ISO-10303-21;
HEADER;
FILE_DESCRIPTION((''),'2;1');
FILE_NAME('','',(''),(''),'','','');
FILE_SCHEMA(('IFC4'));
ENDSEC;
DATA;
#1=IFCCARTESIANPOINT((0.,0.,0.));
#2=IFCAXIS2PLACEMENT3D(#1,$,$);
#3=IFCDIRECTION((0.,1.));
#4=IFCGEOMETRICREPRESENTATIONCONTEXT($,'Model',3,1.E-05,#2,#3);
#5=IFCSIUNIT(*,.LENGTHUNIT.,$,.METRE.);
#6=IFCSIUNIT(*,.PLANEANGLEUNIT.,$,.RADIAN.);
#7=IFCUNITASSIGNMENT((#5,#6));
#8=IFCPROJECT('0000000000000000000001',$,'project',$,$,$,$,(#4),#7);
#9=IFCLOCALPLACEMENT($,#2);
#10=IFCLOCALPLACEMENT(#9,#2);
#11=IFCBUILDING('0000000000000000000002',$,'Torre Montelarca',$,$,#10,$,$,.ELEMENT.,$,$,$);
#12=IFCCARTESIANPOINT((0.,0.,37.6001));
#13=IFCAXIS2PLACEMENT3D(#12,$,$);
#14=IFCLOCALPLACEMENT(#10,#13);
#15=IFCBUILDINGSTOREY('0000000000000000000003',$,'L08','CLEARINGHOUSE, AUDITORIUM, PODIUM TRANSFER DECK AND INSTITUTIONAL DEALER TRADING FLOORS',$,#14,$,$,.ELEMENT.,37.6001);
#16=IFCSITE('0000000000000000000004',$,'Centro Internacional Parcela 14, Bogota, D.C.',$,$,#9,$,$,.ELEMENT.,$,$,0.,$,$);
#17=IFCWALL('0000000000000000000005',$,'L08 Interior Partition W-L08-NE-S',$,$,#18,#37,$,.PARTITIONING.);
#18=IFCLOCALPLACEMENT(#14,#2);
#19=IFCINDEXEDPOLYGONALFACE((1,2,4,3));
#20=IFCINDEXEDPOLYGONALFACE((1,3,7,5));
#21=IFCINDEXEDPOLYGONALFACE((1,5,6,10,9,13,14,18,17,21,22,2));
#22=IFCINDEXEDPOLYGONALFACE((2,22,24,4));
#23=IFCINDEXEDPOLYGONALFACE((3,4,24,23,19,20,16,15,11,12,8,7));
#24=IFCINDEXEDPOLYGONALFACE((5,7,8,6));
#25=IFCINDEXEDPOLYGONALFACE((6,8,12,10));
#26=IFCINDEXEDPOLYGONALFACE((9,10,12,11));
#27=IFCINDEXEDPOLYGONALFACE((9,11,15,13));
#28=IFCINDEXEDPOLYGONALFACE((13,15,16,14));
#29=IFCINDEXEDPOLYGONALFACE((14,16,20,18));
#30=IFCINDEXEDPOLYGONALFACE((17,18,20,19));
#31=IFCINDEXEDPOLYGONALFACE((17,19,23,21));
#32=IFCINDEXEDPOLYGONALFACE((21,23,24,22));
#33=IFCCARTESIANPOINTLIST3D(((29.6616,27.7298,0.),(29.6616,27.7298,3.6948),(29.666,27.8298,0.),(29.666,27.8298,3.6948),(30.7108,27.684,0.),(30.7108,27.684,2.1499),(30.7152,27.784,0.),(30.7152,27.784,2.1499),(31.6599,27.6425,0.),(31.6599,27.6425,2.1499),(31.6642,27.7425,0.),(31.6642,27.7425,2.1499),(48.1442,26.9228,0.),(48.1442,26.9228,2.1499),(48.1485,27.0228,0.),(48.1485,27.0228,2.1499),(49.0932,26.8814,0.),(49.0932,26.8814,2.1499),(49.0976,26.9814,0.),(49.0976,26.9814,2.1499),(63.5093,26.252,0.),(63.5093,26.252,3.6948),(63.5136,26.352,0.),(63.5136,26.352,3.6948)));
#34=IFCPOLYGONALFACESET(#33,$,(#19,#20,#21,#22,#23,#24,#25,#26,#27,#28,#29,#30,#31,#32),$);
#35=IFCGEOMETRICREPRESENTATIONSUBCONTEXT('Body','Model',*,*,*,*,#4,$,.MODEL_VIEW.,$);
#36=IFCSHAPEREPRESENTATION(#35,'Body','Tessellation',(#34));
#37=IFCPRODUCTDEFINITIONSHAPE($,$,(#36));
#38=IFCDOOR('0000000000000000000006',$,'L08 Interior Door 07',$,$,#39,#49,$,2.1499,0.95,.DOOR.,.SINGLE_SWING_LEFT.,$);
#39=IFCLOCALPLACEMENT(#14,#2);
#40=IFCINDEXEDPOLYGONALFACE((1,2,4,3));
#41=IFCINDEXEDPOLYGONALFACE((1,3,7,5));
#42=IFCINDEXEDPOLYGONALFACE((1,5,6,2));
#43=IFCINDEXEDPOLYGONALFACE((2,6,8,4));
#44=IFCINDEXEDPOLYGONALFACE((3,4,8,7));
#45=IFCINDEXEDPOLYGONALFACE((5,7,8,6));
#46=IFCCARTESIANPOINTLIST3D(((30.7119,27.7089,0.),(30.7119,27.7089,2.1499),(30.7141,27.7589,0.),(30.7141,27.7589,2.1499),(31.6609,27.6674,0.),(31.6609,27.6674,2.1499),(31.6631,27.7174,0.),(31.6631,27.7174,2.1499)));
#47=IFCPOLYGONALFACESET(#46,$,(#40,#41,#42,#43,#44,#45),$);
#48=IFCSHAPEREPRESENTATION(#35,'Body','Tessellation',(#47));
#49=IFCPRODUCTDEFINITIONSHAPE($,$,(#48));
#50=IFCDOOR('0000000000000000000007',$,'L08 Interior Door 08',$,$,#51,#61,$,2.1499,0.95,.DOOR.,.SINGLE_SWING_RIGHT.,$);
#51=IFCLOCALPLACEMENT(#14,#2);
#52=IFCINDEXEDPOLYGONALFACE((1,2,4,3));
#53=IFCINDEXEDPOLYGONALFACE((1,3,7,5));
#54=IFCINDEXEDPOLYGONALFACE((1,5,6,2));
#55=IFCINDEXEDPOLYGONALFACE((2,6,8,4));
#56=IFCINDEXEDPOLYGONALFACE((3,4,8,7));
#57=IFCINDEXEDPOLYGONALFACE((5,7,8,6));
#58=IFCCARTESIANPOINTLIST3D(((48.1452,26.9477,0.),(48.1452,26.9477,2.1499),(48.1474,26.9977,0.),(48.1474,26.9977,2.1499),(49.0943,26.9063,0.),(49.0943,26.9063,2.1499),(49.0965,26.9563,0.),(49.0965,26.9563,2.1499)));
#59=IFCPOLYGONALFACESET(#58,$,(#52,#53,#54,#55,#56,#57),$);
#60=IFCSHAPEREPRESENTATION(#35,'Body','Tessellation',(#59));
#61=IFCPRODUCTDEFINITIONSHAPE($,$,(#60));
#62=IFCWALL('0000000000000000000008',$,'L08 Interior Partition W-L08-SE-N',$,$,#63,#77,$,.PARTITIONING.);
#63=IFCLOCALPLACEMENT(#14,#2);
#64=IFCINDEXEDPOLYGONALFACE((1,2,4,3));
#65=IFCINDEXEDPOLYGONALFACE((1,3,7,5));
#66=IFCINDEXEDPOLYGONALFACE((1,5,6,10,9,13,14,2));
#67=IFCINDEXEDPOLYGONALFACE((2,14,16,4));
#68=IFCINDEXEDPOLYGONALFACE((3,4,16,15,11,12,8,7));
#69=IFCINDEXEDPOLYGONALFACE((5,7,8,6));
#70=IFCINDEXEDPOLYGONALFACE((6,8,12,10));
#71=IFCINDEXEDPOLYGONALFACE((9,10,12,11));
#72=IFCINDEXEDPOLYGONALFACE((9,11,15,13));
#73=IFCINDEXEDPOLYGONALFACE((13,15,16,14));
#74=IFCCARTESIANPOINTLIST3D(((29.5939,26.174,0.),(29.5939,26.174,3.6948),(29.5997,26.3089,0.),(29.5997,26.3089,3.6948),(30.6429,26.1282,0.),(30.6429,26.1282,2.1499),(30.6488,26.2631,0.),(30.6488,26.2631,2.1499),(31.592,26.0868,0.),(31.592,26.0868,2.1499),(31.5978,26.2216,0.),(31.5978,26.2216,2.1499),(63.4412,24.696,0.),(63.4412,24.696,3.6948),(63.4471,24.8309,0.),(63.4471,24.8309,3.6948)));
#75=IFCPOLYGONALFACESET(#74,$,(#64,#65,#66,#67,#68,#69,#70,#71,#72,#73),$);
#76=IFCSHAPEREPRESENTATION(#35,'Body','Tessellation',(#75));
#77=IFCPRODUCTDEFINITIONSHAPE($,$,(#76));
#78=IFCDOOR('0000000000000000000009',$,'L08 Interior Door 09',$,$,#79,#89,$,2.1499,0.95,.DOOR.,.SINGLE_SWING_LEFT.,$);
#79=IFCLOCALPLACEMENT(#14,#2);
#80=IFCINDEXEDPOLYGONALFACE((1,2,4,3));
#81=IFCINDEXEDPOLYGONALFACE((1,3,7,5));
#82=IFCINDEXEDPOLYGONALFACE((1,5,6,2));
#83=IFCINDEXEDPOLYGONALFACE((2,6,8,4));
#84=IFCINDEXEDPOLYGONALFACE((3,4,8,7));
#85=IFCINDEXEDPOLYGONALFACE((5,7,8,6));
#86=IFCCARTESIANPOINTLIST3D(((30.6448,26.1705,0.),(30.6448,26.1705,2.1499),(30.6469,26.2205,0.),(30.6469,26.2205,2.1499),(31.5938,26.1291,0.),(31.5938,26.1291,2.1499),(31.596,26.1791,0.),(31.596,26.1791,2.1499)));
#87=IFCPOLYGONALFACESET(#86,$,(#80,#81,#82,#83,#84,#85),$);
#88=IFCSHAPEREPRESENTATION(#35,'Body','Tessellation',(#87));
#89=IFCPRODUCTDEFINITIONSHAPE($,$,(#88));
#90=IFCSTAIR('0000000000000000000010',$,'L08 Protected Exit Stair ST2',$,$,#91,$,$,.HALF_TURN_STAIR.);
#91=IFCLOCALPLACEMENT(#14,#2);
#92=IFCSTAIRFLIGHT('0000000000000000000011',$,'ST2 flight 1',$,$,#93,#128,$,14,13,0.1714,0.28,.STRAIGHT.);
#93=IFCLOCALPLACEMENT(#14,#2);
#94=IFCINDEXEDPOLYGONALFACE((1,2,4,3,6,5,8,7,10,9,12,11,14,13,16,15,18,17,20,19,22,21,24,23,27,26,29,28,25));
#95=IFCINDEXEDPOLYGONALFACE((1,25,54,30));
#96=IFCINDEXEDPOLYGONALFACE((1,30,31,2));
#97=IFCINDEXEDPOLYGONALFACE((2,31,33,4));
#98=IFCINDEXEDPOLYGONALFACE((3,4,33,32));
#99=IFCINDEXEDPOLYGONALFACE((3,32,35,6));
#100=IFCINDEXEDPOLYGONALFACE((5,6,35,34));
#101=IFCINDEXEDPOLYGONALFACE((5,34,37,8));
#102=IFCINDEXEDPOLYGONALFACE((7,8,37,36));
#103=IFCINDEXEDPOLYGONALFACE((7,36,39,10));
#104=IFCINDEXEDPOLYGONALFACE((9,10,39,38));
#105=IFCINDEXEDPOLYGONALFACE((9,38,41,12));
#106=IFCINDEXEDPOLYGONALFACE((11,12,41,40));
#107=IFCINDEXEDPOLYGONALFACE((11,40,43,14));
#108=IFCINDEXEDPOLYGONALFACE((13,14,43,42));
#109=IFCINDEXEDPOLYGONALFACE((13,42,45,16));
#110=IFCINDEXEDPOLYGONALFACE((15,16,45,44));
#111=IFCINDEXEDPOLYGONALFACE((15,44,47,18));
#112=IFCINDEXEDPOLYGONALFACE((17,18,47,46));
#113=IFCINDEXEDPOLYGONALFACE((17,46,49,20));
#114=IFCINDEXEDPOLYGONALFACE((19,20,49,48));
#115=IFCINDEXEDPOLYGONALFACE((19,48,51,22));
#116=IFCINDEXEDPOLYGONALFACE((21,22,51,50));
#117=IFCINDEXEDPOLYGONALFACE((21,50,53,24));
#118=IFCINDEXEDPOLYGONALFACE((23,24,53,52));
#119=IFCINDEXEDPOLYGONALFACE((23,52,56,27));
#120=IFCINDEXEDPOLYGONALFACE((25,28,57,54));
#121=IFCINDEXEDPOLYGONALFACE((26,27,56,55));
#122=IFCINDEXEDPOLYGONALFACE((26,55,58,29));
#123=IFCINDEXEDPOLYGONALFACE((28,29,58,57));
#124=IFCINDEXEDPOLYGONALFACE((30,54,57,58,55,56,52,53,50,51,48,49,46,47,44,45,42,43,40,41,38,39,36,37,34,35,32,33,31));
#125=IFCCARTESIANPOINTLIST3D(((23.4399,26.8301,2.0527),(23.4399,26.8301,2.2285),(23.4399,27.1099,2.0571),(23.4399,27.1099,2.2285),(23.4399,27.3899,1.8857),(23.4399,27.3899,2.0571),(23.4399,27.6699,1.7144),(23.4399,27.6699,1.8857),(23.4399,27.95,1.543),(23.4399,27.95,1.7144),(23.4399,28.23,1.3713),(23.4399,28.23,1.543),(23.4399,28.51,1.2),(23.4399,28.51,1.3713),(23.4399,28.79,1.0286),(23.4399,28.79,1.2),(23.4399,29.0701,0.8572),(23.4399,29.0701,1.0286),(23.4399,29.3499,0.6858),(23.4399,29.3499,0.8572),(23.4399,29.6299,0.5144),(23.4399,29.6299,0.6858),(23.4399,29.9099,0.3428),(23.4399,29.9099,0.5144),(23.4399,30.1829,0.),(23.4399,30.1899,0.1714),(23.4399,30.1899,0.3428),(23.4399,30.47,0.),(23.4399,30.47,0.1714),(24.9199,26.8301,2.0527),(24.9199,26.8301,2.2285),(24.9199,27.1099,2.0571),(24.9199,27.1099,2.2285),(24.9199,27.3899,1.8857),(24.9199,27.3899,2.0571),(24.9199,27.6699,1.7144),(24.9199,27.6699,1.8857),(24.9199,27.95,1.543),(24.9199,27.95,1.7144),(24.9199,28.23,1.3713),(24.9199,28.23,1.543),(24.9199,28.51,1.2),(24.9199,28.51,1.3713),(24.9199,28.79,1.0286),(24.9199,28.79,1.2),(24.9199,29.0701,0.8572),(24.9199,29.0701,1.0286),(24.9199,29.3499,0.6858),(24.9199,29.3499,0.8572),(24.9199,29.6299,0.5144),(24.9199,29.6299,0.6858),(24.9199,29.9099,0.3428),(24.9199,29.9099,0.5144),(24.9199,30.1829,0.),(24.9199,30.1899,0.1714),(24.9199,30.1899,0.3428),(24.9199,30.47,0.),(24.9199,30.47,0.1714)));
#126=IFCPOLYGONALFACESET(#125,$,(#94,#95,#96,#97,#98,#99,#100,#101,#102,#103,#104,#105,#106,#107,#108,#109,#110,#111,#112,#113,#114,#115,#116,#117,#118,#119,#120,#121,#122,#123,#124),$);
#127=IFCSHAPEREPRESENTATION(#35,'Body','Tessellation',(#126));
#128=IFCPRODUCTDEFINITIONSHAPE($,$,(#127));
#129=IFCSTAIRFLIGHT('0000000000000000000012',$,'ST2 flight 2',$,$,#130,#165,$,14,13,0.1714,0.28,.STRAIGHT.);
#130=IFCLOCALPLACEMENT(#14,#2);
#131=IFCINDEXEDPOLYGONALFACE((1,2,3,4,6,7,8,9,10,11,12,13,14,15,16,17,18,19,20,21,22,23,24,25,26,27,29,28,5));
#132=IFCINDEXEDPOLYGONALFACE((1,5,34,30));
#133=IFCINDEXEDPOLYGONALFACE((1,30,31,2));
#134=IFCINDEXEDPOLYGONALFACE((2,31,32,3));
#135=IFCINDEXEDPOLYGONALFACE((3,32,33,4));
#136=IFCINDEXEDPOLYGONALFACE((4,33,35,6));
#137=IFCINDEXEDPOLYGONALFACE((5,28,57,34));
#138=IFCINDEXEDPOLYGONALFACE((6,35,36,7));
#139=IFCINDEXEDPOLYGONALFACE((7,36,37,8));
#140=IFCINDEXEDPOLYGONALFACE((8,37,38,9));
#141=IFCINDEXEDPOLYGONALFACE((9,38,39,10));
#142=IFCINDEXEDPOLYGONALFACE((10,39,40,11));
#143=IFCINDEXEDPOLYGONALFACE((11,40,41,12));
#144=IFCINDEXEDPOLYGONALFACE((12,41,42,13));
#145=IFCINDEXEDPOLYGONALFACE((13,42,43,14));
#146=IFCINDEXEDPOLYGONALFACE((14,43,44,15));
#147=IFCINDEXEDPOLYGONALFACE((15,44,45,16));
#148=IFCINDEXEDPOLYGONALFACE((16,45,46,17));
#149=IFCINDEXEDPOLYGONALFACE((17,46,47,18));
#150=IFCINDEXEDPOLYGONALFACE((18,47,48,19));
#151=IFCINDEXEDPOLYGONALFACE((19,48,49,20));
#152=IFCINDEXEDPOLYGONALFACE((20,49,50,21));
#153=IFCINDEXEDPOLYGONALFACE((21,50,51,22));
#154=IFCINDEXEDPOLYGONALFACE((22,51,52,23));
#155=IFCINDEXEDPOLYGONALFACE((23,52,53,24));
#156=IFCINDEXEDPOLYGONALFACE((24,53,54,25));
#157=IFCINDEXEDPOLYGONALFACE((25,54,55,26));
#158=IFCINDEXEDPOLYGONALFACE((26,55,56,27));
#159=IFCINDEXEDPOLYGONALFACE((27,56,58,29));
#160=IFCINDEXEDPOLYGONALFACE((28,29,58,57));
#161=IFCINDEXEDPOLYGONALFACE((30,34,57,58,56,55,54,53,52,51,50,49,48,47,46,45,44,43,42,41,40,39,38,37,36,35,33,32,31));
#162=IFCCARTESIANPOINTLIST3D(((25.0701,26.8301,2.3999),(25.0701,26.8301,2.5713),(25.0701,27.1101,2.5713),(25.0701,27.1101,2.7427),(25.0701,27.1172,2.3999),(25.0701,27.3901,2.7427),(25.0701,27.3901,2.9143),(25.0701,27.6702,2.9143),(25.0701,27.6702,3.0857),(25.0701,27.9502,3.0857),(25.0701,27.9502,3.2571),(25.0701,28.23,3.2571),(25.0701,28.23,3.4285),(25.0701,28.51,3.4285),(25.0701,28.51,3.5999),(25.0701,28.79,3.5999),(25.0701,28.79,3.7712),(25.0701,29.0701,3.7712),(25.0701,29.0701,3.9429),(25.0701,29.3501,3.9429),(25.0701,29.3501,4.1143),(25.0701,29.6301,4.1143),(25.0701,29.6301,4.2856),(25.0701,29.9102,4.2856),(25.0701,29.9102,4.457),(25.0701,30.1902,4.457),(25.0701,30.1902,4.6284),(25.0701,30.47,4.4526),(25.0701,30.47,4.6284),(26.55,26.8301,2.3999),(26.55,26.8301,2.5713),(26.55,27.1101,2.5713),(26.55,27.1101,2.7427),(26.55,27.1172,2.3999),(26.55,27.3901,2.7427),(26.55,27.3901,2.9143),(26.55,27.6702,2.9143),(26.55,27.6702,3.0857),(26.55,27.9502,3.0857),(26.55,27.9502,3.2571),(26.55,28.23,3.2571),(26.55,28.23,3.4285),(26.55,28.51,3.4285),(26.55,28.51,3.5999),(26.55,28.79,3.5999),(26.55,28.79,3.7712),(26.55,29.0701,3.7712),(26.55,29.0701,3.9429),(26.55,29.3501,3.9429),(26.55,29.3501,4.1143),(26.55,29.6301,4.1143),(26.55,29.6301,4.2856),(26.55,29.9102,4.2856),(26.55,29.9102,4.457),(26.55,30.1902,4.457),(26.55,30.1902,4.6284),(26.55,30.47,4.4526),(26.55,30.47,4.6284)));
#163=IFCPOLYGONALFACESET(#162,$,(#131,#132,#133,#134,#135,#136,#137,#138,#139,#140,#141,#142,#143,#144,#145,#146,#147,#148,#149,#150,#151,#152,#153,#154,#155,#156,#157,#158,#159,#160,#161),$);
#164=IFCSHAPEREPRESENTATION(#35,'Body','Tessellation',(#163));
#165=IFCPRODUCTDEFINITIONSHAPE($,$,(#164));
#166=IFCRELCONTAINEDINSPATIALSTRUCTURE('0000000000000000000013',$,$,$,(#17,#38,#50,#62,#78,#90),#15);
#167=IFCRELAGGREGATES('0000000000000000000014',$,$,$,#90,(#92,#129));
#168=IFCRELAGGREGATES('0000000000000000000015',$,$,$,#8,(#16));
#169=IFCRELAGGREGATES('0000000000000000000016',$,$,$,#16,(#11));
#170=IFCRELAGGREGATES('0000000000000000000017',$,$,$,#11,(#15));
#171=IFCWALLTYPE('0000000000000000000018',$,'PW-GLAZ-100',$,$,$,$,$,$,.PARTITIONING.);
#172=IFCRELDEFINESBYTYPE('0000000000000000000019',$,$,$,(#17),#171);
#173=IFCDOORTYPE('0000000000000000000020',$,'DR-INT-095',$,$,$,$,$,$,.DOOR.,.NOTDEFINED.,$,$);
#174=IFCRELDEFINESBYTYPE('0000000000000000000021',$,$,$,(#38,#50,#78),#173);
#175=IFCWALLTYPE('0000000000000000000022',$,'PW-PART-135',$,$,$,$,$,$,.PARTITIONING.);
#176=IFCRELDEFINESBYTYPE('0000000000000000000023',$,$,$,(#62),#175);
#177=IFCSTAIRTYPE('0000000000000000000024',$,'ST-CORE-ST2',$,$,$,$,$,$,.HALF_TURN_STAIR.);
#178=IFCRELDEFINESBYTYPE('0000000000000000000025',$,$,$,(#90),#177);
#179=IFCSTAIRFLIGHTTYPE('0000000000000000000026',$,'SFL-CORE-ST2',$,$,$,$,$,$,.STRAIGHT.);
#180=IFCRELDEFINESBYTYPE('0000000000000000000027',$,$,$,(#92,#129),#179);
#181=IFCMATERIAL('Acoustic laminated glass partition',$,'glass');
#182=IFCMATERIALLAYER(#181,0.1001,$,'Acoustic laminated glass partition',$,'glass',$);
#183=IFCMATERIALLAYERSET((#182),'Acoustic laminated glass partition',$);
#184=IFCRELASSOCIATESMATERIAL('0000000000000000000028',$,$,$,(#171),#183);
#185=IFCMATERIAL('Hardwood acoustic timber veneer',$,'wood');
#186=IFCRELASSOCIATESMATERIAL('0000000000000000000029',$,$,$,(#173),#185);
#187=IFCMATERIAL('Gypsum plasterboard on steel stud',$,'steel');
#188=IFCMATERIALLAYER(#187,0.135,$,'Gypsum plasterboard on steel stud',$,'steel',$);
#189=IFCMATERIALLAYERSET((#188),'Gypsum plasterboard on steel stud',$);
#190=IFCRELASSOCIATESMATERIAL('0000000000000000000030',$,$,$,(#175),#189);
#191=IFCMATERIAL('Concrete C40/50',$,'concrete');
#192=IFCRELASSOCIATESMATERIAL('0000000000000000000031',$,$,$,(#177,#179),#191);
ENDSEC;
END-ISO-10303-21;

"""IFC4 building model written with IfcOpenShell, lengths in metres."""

from ifc_helpers import new_model, si_unit, direction, frame, frame_2d, origin, place, context, subcontext, project, spatial, polyline, rectangle, outline, extrude, source, transform, mapped, material, layer, layer_set, type_object, element, fill, aggregate, save


model = new_model("IFC4")

# Units and contexts
model_context = context("Model", 3, precision=1e-05, world=origin(), true_north=direction((0.0, 1.0)))
body_context = subcontext(model_context, "Body", "Model", "MODEL_VIEW")
ifc_project = project(units=[si_unit("LENGTHUNIT", "METRE"), si_unit("PLANEANGLEUNIT", "RADIAN")], contexts=[model_context])

# Site, building, storey
site_placement = place(None, origin())
site = spatial("IfcSite", under=ifc_project, at=site_placement, Name="Centro Internacional Parcela 14, Bogota, D.C.", CompositionType="ELEMENT", RefElevation=0.0)
building_placement = place(site_placement, origin())
building = spatial("IfcBuilding", under=site, at=building_placement, Name="Torre Montelarca", CompositionType="ELEMENT")
storey_placement = place(building_placement, frame((0.0, 0.0, 37.6001)))
storey = spatial("IfcBuildingStorey", under=building, at=storey_placement, Name="L08", Description="CLEARINGHOUSE, AUDITORIUM, PODIUM TRANSFER DECK AND INSTITUTIONAL DEALER TRADING FLOORS", CompositionType="ELEMENT", Elevation=37.6001)

# Shared definitions
ifc_material_1 = material(Name="Concrete C40/50", Category="concrete")

# Shared definitions
ifc_material_2 = material(Name="Gypsum plasterboard on steel stud", Category="steel")

# Wall, openings, doors
ifc_material_3 = material(Name="Acoustic laminated glass partition", Category="glass")
ifc_layer_1 = layer(ifc_material_3, 0.1001, Name="Acoustic laminated glass partition", Category="glass")
ifc_layer_set_1 = layer_set([ifc_layer_1], Name="Acoustic laminated glass partition")
wall_type_1 = type_object("IfcWallType", Name="PW-GLAZ-100", PredefinedType="PARTITIONING", material=ifc_layer_set_1)
wall_1_placement = place(storey_placement, frame((29.6638, 27.7798, 0.0), z_axis=(0.0, 0.0, 1.0), x_axis=(0.999048, -0.043618, 0.0)))
wall_1 = element("IfcWall", 1, at=wall_1_placement, inside=storey, type_object=wall_type_1, Name="L08 Interior Partition W-L08-NE-S", PredefinedType="PARTITIONING", context=body_context, shape_type="SweptSolid", body=[
    extrude(rectangle(XDim=33.8799, YDim=0.1001, at=frame_2d((16.9399, 0.0))), origin(), (0.0, 0.0, 1.0), 3.6948),
])
opening_1_placement = place(wall_1_placement, frame((1.05, 0.0, 0.0)))
opening_1 = element("IfcOpeningElement", 2, at=opening_1_placement, cuts=wall_1, PredefinedType="OPENING", context=body_context, shape_type="SweptSolid", body=[
    extrude(rectangle(XDim=0.95, YDim=2.1499, at=frame_2d((0.4751, 1.075))), frame((0.0, 0.0601, 0.0), z_axis=(0.0, -1.0, 0.0), x_axis=(1.0, 0.0, 0.0)), (0.0, 0.0, 1.0), 0.1201),
])
opening_2_placement = place(wall_1_placement, frame((18.5, 0.0, 0.0)))
opening_2 = element("IfcOpeningElement", 3, at=opening_2_placement, cuts=wall_1, PredefinedType="OPENING", context=body_context, shape_type="SweptSolid", body=[
    extrude(rectangle(XDim=0.95, YDim=2.1499, at=frame_2d((0.4751, 1.075))), frame((0.0, 0.0601, 0.0), z_axis=(0.0, -1.0, 0.0), x_axis=(1.0, 0.0, 0.0)), (0.0, 0.0, 1.0), 0.1201),
])
ifc_material_4 = material(Name="Hardwood acoustic timber veneer", Category="wood")
door_type_1 = type_object("IfcDoorType", Name="DR-INT-095", OperationType="NOTDEFINED", PredefinedType="DOOR", material=ifc_material_4)
shared_shape_1 = source(origin(), body_context, "Body", "SweptSolid", [
    extrude(rectangle(XDim=0.95, YDim=2.1499, at=frame_2d((0.4751, 1.075))), frame((0.0, 0.0249, 0.0), z_axis=(0.0, -1.0, 0.0), x_axis=(1.0, 0.0, 0.0)), (0.0, 0.0, 1.0), 0.05),
])
door_1_placement = place(opening_1_placement, origin())
door_1 = element("IfcDoor", 4, at=door_1_placement, inside=storey, type_object=door_type_1, Name="L08 Interior Door 07", OperationType="SINGLE_SWING_LEFT", OverallHeight=2.1499, OverallWidth=0.95, PredefinedType="DOOR", context=body_context, shape_type="MappedRepresentation", body=[
    mapped(shared_shape_1, transform((0.0, 0.0, 0.0), scale=1.0)),
])
fill(opening_1, door_1)
door_2_placement = place(opening_2_placement, origin())
door_2 = element("IfcDoor", 5, at=door_2_placement, inside=storey, type_object=door_type_1, Name="L08 Interior Door 08", OperationType="SINGLE_SWING_RIGHT", OverallHeight=2.1499, OverallWidth=0.95, PredefinedType="DOOR", context=body_context, shape_type="MappedRepresentation", body=[
    mapped(shared_shape_1, transform((0.0, 0.0, 0.0), scale=1.0)),
])
fill(opening_2, door_2)

# Wall, opening, door
ifc_layer_2 = layer(ifc_material_2, 0.135, Name="Gypsum plasterboard on steel stud", Category="steel")
ifc_layer_set_2 = layer_set([ifc_layer_2], Name="Gypsum plasterboard on steel stud")
wall_type_2 = type_object("IfcWallType", Name="PW-PART-135", PredefinedType="PARTITIONING", material=ifc_layer_set_2)
wall_2_placement = place(storey_placement, frame((29.5967, 26.2415, 0.0), z_axis=(0.0, 0.0, 1.0), x_axis=(0.999048, -0.043626, 0.0)))
wall_2 = element("IfcWall", 6, at=wall_2_placement, inside=storey, type_object=wall_type_2, Name="L08 Interior Partition W-L08-SE-N", PredefinedType="PARTITIONING", context=body_context, shape_type="SweptSolid", body=[
    extrude(rectangle(XDim=33.8796, YDim=0.135, at=frame_2d((16.9399, 0.0))), origin(), (0.0, 0.0, 1.0), 3.6948),
])
opening_3_placement = place(wall_2_placement, frame((1.05, 0.0, 0.0)))
opening_3 = element("IfcOpeningElement", 7, at=opening_3_placement, cuts=wall_2, PredefinedType="OPENING", context=body_context, shape_type="SweptSolid", body=[
    extrude(rectangle(XDim=0.95, YDim=2.1499, at=frame_2d((0.4751, 1.075))), frame((0.0, 0.0776, 0.0), z_axis=(0.0, -1.0, 0.0), x_axis=(1.0, 0.0, 0.0)), (0.0, 0.0, 1.0), 0.155),
])
door_3_placement = place(opening_3_placement, origin())
door_3 = element("IfcDoor", 8, at=door_3_placement, inside=storey, type_object=door_type_1, Name="L08 Interior Door 09", OperationType="SINGLE_SWING_LEFT", OverallHeight=2.1499, OverallWidth=0.95, PredefinedType="DOOR", context=body_context, shape_type="MappedRepresentation", body=[
    mapped(shared_shape_1, transform((0.0, 0.0, 0.0), scale=1.0)),
])
fill(opening_3, door_3)

# Stair, stair flights
stair_type = type_object("IfcStairType", Name="ST-CORE-ST2", PredefinedType="HALF_TURN_STAIR", material=ifc_material_1)
stair_placement = place(storey_placement, origin())
stair = element("IfcStair", 9, at=stair_placement, inside=storey, type_object=stair_type, Name="L08 Protected Exit Stair ST2", PredefinedType="HALF_TURN_STAIR")
stair_flight_type = type_object("IfcStairFlightType", Name="SFL-CORE-ST2", PredefinedType="STRAIGHT", material=ifc_material_1)
stair_flight_1_placement = place(storey_placement, frame((24.1799, 30.47, 0.0), z_axis=(0.0, 0.0, 1.0), x_axis=(0.0, -1.0, 0.0)))
stair_flight_1 = element("IfcStairFlight", 10, at=stair_flight_1_placement, type_object=stair_flight_type, Name="ST2 flight 1", NumberOfRisers=14, NumberOfTreads=13, PredefinedType="STRAIGHT", RiserHeight=0.1714, TreadLength=0.28, context=body_context, shape_type="SweptSolid", body=[
    extrude(outline(polyline([(0.0, 0.0), (0.0, 0.1714), (0.28, 0.1714), (0.28, 0.3428), (0.5601, 0.3428), (0.5601, 0.5144), (0.8401, 0.5144), (0.8401, 0.6858), (1.1201, 0.6858), (1.1201, 0.8572), (1.3999, 0.8572), (1.3999, 1.0286), (1.6799, 1.0286), (1.6799, 1.2), (1.96, 1.2), (1.96, 1.3713), (2.24, 1.3713), (2.24, 1.543), (2.52, 1.543), (2.52, 1.7144), (2.8, 1.7144), (2.8, 1.8857), (3.0801, 1.8857), (3.0801, 2.0571), (3.3601, 2.0571), (3.3601, 2.2285), (3.6399, 2.2285), (3.6399, 2.3999), (3.6399, 2.0527), (0.2871, 0.0), (0.0, 0.0)])), frame((0.0, 0.74, 0.0), z_axis=(0.0, -1.0, 0.0), x_axis=(1.0, 0.0, 0.0)), (0.0, 0.0, 1.0), 1.48),
])
stair_flight_2_placement = place(storey_placement, frame((25.8101, 26.8301, 2.3999), z_axis=(0.0, 0.0, 1.0), x_axis=(0.0, 1.0, 0.0)))
stair_flight_2 = element("IfcStairFlight", 11, at=stair_flight_2_placement, type_object=stair_flight_type, Name="ST2 flight 2", NumberOfRisers=14, NumberOfTreads=13, PredefinedType="STRAIGHT", RiserHeight=0.1714, TreadLength=0.28, context=body_context, shape_type="SweptSolid", body=[
    extrude(outline(polyline([(0.0, 0.0), (0.0, 0.1714), (0.28, 0.1714), (0.28, 0.3428), (0.5601, 0.3428), (0.5601, 0.5144), (0.8401, 0.5144), (0.8401, 0.6858), (1.1201, 0.6858), (1.1201, 0.8572), (1.3999, 0.8572), (1.3999, 1.0286), (1.6799, 1.0286), (1.6799, 1.2), (1.96, 1.2), (1.96, 1.3713), (2.24, 1.3713), (2.24, 1.543), (2.52, 1.543), (2.52, 1.7144), (2.8, 1.7144), (2.8, 1.8857), (3.0801, 1.8857), (3.0801, 2.0571), (3.3601, 2.0571), (3.3601, 2.2285), (3.6399, 2.2285), (3.6399, 2.3999), (3.6399, 2.0527), (0.2871, 0.0), (0.0, 0.0)])), frame((0.0, 0.74, 0.0), z_axis=(0.0, -1.0, 0.0), x_axis=(1.0, 0.0, 0.0)), (0.0, 0.0, 1.0), 1.48),
])
aggregate(stair, [stair_flight_1, stair_flight_2])

save(model, "model.ifc")
